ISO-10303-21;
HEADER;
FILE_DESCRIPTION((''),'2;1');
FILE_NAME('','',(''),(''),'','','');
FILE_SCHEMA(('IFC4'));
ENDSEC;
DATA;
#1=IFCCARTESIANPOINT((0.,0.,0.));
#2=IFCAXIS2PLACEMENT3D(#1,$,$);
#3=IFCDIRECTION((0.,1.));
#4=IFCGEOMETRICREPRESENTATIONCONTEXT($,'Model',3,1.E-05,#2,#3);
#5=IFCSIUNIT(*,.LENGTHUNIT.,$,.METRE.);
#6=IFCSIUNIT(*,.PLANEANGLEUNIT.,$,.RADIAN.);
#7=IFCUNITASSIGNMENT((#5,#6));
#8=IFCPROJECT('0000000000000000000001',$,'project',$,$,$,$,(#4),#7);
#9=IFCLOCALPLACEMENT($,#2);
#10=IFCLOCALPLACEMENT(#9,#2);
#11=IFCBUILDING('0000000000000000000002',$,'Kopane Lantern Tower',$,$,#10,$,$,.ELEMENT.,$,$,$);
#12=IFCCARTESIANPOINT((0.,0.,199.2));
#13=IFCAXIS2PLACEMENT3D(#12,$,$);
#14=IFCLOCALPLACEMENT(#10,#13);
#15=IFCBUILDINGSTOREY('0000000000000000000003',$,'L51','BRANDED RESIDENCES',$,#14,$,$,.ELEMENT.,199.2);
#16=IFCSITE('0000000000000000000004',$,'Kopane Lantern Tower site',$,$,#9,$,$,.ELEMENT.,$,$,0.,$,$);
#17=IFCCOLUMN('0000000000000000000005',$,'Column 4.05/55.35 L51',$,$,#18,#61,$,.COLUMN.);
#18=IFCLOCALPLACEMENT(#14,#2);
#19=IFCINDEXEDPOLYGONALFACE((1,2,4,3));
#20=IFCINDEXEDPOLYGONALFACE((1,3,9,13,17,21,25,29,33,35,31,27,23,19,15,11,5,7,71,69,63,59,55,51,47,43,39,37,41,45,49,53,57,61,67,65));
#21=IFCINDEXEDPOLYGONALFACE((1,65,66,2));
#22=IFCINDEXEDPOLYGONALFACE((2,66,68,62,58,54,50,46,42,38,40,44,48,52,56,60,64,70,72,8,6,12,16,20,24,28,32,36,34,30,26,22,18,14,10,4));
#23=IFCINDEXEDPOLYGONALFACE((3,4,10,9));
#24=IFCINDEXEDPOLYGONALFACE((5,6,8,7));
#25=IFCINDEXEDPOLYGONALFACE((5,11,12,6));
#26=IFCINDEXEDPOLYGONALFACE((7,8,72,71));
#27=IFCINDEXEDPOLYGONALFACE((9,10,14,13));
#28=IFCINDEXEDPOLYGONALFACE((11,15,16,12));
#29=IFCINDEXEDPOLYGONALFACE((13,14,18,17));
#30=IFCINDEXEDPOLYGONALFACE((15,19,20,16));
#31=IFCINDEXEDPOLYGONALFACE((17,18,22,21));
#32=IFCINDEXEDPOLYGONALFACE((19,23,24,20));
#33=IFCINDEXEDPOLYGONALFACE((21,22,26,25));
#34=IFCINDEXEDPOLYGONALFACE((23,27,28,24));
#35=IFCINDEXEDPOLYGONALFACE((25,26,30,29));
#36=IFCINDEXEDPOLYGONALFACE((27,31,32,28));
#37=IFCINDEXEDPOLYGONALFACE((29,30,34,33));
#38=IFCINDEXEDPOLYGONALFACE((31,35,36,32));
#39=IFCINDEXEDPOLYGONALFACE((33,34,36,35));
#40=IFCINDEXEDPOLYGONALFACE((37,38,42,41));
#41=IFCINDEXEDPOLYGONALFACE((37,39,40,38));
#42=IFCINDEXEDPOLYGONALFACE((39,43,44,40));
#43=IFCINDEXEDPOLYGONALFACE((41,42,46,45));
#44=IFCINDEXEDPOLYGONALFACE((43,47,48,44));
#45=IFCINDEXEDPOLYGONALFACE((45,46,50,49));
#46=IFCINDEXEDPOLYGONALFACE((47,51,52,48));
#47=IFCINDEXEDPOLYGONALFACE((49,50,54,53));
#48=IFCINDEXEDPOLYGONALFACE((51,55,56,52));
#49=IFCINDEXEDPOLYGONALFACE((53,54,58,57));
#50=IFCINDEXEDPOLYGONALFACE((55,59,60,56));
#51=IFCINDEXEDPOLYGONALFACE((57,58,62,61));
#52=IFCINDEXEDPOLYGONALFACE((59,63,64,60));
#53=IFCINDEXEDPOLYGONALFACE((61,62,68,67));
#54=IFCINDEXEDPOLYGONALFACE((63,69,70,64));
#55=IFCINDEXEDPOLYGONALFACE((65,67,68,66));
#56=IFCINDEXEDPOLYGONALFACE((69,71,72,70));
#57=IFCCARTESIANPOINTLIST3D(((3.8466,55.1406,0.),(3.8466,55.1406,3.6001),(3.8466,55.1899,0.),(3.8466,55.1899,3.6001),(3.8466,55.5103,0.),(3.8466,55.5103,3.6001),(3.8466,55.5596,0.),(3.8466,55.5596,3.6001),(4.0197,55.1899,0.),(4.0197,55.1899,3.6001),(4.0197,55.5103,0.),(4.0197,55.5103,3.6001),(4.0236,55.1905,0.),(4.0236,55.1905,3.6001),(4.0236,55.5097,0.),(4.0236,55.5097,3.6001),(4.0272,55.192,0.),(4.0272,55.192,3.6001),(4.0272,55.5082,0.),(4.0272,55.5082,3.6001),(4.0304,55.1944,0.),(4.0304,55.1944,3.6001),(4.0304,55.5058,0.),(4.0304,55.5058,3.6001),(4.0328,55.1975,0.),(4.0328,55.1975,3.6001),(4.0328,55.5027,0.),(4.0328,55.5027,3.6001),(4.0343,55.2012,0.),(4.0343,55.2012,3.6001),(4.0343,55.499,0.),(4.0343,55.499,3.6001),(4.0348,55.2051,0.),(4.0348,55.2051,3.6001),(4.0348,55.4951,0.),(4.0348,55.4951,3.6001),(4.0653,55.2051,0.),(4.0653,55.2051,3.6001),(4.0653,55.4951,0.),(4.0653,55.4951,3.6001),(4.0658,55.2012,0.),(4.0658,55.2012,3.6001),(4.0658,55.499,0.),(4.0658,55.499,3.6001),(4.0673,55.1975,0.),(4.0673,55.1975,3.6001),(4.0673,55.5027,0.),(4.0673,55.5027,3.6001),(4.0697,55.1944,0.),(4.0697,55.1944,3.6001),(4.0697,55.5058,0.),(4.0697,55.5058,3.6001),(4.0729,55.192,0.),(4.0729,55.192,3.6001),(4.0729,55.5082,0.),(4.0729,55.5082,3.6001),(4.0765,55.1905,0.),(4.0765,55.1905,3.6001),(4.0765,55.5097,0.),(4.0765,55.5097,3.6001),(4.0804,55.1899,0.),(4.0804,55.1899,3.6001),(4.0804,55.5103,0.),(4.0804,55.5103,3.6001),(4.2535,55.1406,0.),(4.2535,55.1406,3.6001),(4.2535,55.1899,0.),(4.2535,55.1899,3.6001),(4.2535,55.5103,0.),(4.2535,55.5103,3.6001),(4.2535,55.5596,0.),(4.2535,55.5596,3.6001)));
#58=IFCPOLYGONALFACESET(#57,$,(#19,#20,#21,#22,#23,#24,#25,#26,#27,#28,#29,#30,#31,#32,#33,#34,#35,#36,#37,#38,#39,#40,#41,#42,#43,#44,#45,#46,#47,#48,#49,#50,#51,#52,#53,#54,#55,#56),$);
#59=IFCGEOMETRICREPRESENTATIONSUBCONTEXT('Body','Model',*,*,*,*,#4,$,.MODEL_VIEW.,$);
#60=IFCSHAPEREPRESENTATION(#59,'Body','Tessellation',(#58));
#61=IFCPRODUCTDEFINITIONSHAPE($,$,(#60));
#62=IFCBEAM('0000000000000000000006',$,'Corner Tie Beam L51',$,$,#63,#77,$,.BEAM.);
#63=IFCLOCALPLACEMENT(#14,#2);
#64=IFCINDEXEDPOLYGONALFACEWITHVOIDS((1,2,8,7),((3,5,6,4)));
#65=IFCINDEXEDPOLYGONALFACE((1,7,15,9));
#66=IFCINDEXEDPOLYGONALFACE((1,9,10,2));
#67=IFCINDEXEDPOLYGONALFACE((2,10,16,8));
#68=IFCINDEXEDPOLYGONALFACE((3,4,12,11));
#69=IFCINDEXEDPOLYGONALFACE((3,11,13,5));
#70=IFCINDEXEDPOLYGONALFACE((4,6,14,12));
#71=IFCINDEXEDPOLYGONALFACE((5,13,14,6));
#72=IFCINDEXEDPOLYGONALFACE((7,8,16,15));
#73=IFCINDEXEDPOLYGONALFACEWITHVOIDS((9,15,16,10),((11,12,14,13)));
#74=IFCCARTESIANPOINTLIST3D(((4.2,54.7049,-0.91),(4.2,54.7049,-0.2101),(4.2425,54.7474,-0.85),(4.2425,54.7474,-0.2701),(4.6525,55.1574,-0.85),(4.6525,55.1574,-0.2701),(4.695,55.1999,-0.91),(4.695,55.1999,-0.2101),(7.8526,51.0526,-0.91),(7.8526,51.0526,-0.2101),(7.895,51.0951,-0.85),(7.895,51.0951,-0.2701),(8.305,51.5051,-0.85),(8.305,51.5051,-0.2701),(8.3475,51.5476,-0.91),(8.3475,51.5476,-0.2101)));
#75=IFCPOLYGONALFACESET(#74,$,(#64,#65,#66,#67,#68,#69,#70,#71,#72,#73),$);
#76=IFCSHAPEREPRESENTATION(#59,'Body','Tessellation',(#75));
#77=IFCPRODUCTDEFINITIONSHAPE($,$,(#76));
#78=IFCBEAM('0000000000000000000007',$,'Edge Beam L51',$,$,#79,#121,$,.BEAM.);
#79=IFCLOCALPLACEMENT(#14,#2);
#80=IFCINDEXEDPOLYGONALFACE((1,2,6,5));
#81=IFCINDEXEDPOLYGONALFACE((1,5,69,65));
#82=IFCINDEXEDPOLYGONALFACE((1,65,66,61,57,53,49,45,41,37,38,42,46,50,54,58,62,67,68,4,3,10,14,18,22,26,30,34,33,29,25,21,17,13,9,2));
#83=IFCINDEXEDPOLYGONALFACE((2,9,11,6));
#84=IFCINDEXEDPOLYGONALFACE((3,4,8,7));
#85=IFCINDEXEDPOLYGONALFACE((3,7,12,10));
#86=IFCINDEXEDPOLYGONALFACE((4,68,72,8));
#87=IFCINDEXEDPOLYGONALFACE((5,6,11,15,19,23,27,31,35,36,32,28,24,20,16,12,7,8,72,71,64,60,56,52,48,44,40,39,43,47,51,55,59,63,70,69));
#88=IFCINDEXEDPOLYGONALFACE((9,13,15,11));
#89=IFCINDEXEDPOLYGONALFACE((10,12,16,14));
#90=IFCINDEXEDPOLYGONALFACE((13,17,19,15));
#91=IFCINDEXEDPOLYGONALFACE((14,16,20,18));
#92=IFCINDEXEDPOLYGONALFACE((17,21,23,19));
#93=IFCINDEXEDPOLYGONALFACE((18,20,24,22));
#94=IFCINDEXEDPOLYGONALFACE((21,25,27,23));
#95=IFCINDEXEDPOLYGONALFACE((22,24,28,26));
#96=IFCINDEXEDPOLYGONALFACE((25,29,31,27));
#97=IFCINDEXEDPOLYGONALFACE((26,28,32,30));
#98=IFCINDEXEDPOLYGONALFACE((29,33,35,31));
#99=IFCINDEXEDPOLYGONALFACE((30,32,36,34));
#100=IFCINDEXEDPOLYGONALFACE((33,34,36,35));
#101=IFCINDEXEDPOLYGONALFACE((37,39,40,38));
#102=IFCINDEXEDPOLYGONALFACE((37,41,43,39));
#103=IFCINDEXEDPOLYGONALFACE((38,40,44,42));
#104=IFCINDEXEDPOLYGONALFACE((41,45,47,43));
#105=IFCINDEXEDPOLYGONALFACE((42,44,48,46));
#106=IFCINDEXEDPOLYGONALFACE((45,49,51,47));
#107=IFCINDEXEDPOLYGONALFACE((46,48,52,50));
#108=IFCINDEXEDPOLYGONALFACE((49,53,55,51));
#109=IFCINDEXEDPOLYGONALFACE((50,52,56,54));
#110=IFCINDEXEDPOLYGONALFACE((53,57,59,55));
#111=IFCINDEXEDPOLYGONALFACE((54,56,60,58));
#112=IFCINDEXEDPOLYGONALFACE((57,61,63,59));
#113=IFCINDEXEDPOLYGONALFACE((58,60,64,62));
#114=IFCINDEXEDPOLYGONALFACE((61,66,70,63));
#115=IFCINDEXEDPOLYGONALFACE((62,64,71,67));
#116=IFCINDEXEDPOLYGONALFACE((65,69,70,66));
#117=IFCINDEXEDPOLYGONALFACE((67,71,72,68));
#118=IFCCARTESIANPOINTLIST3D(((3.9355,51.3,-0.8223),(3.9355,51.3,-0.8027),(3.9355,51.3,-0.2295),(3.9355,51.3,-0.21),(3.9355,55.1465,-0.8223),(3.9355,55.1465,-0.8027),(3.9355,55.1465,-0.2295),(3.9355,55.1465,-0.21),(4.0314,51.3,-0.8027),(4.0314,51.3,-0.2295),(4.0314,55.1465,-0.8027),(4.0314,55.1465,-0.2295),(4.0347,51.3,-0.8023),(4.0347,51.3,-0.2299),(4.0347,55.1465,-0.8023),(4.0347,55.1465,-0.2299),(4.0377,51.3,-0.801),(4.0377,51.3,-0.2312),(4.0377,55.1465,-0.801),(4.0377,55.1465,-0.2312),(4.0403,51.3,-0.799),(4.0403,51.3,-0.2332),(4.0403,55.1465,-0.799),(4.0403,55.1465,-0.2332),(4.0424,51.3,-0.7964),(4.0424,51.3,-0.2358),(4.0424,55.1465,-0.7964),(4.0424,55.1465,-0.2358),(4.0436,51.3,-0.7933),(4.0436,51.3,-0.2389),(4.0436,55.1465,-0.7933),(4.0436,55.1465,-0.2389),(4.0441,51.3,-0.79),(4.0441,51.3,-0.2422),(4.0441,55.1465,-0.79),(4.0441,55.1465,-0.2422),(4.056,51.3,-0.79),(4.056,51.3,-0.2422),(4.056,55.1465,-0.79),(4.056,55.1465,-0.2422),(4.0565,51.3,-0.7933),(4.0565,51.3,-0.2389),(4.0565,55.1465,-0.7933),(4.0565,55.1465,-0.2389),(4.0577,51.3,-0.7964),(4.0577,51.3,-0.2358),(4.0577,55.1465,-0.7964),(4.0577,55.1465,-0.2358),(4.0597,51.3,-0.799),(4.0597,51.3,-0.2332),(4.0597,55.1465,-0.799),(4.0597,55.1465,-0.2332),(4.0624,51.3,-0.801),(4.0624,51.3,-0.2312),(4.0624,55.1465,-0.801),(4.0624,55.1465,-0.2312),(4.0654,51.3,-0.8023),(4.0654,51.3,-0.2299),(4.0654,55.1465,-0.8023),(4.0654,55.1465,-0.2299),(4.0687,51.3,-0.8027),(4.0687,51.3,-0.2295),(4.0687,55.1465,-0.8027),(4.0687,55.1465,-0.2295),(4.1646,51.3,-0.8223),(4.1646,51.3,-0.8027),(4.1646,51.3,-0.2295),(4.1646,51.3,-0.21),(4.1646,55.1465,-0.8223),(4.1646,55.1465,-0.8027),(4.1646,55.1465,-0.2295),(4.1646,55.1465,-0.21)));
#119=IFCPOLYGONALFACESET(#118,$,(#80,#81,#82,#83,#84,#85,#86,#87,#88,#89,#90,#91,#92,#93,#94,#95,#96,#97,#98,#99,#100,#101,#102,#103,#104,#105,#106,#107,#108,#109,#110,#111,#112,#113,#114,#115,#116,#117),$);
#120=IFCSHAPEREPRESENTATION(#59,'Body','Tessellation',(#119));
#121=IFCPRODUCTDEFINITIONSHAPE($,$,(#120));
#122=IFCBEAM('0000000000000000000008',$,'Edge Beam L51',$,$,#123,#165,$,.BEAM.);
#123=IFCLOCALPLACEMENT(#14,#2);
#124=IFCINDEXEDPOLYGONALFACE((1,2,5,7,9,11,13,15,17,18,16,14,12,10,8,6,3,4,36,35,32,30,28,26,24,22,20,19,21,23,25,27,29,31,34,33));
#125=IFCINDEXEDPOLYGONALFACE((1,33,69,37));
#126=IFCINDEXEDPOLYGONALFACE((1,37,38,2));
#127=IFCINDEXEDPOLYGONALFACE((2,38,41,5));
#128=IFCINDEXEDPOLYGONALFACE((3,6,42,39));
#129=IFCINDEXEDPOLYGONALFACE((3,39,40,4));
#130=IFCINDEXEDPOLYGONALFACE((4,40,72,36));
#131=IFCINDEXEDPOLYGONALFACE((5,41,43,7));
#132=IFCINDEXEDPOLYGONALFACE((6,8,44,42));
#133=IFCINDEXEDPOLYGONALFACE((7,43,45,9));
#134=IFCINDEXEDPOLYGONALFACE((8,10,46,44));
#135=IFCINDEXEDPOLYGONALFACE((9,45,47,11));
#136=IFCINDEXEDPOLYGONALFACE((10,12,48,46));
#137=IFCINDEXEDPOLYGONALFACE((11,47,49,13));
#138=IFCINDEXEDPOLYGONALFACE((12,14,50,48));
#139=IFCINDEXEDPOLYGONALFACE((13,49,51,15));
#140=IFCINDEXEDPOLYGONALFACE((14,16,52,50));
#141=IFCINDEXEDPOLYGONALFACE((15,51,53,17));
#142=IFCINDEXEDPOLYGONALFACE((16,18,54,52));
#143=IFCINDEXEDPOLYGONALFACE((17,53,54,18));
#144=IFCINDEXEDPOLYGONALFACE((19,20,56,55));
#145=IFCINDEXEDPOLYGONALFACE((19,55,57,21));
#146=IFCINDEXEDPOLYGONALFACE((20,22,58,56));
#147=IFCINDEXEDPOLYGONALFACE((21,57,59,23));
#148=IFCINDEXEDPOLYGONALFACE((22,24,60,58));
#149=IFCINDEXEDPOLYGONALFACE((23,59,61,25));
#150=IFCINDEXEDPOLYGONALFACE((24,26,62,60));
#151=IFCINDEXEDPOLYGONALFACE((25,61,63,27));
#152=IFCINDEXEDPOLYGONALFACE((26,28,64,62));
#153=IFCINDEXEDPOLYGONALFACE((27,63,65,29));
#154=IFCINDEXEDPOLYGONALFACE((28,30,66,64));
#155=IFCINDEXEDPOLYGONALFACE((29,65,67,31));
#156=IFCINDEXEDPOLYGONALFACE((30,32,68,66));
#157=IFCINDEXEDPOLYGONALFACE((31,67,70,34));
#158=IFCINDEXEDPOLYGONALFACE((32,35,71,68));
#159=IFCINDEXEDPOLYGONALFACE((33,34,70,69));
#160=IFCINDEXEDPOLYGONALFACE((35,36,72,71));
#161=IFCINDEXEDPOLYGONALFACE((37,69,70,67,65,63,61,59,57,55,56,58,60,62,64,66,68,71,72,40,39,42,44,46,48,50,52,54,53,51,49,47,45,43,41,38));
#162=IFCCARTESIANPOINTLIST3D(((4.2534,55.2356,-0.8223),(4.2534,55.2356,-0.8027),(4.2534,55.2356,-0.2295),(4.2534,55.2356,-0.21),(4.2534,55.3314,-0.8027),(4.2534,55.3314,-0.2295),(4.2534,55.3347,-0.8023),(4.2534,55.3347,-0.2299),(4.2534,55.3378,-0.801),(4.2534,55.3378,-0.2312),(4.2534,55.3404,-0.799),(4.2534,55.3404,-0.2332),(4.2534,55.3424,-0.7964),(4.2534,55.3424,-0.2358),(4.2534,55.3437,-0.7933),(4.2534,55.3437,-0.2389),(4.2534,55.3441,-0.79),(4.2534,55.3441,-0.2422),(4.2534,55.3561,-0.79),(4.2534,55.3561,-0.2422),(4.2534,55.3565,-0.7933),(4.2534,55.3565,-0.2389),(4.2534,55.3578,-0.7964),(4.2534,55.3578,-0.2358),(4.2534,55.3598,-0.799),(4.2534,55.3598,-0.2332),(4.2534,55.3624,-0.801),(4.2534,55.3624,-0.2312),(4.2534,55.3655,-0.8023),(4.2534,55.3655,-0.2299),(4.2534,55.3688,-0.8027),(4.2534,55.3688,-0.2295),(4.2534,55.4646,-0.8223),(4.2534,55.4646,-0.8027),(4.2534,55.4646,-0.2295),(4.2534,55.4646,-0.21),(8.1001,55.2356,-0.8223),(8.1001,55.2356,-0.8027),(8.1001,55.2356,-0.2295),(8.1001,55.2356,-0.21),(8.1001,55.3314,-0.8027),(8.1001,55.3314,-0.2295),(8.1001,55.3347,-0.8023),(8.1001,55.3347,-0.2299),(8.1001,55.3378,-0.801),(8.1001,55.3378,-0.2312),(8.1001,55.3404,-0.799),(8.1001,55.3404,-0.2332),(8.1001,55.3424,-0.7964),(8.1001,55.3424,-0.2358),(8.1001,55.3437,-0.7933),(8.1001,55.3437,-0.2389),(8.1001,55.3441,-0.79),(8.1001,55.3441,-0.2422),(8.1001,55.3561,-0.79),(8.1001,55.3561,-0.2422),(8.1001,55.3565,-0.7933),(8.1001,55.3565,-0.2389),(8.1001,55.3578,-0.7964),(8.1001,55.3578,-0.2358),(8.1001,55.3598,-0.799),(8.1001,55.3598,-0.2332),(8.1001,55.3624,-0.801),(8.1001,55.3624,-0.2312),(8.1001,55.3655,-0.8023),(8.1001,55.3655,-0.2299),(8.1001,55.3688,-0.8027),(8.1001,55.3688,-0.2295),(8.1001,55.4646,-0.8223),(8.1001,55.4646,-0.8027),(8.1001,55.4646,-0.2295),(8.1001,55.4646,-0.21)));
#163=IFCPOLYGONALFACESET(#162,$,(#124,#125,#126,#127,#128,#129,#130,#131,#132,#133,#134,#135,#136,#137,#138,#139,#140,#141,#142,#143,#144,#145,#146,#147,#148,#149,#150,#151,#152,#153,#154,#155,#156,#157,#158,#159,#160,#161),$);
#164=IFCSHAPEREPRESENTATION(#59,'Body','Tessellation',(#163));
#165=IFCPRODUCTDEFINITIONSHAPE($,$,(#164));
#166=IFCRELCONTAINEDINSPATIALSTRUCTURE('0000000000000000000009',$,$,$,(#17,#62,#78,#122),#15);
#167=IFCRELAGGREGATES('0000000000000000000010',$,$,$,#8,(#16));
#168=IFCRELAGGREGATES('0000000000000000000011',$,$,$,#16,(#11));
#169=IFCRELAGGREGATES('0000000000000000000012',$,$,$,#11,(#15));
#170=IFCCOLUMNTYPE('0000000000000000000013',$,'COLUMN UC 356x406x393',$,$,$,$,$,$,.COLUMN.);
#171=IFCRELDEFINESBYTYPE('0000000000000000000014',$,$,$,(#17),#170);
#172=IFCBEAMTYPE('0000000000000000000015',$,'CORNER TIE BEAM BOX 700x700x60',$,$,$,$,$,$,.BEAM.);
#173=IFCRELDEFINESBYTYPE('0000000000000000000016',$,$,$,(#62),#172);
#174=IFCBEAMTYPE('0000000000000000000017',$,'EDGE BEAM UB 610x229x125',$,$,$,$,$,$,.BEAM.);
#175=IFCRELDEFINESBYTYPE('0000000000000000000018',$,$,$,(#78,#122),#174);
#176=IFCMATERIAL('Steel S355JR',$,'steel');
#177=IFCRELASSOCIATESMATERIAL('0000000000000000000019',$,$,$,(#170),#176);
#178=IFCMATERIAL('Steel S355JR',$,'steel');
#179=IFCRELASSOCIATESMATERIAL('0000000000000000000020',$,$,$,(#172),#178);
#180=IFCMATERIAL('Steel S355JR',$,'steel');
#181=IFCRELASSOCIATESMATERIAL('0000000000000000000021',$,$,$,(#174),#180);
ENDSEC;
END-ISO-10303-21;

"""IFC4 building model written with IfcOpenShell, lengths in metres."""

from ifc_helpers import new_model, si_unit, direction, frame, origin, origin_2d, place, context, subcontext, project, spatial, hollow_rectangle, i_section, extrude, material, material_profile, profile_set, type_object, element, save


model = new_model("IFC4")

# Units and contexts
model_context = context("Model", 3, precision=1e-05, world=origin(), true_north=direction((0.0, 1.0)))
body_context = subcontext(model_context, "Body", "Model", "MODEL_VIEW")
ifc_project = project(units=[si_unit("LENGTHUNIT", "METRE"), si_unit("PLANEANGLEUNIT", "RADIAN")], contexts=[model_context])

# Site, building, storey
site_placement = place(None, origin())
site = spatial("IfcSite", under=ifc_project, at=site_placement, Name="Kopane Lantern Tower site", CompositionType="ELEMENT", RefElevation=0.0)
building_placement = place(site_placement, origin())
building = spatial("IfcBuilding", under=site, at=building_placement, Name="Kopane Lantern Tower", CompositionType="ELEMENT")
storey_placement = place(building_placement, frame((0.0, 0.0, 199.2)))
storey = spatial("IfcBuildingStorey", under=building, at=storey_placement, Name="L51", Description="BRANDED RESIDENCES", CompositionType="ELEMENT", Elevation=199.2)

# Column
ifc_material_1 = material(Name="Steel S355JR", Category="steel")
ifc_material_profile_1 = material_profile(ifc_material_1, i_section(OverallWidth=0.407, OverallDepth=0.4189, WebThickness=0.0305, FlangeThickness=0.0493, FilletRadius=0.0151, at=origin_2d()), Name="UC 356x406x393")
ifc_profile_set_1 = profile_set([ifc_material_profile_1], Name="Steel S355JR")
column_type = type_object("IfcColumnType", Name="COLUMN UC 356x406x393", PredefinedType="COLUMN", material=ifc_profile_set_1)
column_placement = place(storey_placement, frame((4.05, 55.3501, 0.0), z_axis=(0.0, 0.0, 1.0), x_axis=(1.0, 0.0, 0.0)))
element("IfcColumn", 1, at=column_placement, inside=storey, type_object=column_type, Name="Column 4.05/55.35 L51", PredefinedType="COLUMN", context=body_context, shape_type="SweptSolid", body=[
    extrude(i_section(OverallWidth=0.407, OverallDepth=0.4189, WebThickness=0.0305, FlangeThickness=0.0493, FilletRadius=0.0151, at=origin_2d()), origin(), (0.0, 0.0, 1.0), 3.6001),
])

# Beams
ifc_material_2 = material(Name="Steel S355JR", Category="steel")
ifc_material_profile_2 = material_profile(ifc_material_2, hollow_rectangle(XDim=0.7, YDim=0.7, WallThickness=0.0601, at=origin_2d()), Name="BOX 700x700x60")
ifc_profile_set_2 = profile_set([ifc_material_profile_2], Name="Steel S355JR")
beam_type_1 = type_object("IfcBeamType", Name="CORNER TIE BEAM BOX 700x700x60", PredefinedType="BEAM", material=ifc_profile_set_2)
beam_1_placement = place(storey_placement, frame((4.4475, 54.9524, -0.5601), z_axis=(0.70713, -0.707083, 0.0), x_axis=(0.707083, 0.70713, 0.0)))
element("IfcBeam", 2, at=beam_1_placement, inside=storey, type_object=beam_type_1, Name="Corner Tie Beam L51", PredefinedType="BEAM", context=body_context, shape_type="SweptSolid", body=[
    extrude(hollow_rectangle(XDim=0.7, YDim=0.7, WallThickness=0.0601, at=origin_2d()), origin(), (0.0, 0.0, 1.0), 5.1653),
])
ifc_material_3 = material(Name="Steel S355JR", Category="steel")
ifc_material_profile_3 = material_profile(ifc_material_3, i_section(OverallWidth=0.229, OverallDepth=0.6123, WebThickness=0.012, FlangeThickness=0.0195, FilletRadius=0.0127, at=origin_2d()), Name="UB 610x229x125")
ifc_profile_set_3 = profile_set([ifc_material_profile_3], Name="Steel S355JR")
beam_type_2 = type_object("IfcBeamType", Name="EDGE BEAM UB 610x229x125", PredefinedType="BEAM", material=ifc_profile_set_3)
beam_2_placement = place(storey_placement, frame((4.05, 55.1465, -0.5161), z_axis=(0.0, -1.0, 0.0), x_axis=(1.0, 0.0, 0.0)))
element("IfcBeam", 3, at=beam_2_placement, inside=storey, type_object=beam_type_2, Name="Edge Beam L51", PredefinedType="BEAM", context=body_context, shape_type="SweptSolid", body=[
    extrude(i_section(OverallWidth=0.229, OverallDepth=0.6123, WebThickness=0.012, FlangeThickness=0.0195, FilletRadius=0.0127, at=origin_2d()), origin(), (0.0, 0.0, 1.0), 3.8464),
])
beam_3_placement = place(storey_placement, frame((4.2534, 55.3501, -0.5161), z_axis=(1.0, 0.0, 0.0), x_axis=(0.0, 1.0, 0.0)))
element("IfcBeam", 4, at=beam_3_placement, inside=storey, type_object=beam_type_2, Name="Edge Beam L51", PredefinedType="BEAM", context=body_context, shape_type="SweptSolid", body=[
    extrude(i_section(OverallWidth=0.229, OverallDepth=0.6123, WebThickness=0.012, FlangeThickness=0.0195, FilletRadius=0.0127, at=origin_2d()), origin(), (0.0, 0.0, 1.0), 3.8467),
])

save(model, "model.ifc")
